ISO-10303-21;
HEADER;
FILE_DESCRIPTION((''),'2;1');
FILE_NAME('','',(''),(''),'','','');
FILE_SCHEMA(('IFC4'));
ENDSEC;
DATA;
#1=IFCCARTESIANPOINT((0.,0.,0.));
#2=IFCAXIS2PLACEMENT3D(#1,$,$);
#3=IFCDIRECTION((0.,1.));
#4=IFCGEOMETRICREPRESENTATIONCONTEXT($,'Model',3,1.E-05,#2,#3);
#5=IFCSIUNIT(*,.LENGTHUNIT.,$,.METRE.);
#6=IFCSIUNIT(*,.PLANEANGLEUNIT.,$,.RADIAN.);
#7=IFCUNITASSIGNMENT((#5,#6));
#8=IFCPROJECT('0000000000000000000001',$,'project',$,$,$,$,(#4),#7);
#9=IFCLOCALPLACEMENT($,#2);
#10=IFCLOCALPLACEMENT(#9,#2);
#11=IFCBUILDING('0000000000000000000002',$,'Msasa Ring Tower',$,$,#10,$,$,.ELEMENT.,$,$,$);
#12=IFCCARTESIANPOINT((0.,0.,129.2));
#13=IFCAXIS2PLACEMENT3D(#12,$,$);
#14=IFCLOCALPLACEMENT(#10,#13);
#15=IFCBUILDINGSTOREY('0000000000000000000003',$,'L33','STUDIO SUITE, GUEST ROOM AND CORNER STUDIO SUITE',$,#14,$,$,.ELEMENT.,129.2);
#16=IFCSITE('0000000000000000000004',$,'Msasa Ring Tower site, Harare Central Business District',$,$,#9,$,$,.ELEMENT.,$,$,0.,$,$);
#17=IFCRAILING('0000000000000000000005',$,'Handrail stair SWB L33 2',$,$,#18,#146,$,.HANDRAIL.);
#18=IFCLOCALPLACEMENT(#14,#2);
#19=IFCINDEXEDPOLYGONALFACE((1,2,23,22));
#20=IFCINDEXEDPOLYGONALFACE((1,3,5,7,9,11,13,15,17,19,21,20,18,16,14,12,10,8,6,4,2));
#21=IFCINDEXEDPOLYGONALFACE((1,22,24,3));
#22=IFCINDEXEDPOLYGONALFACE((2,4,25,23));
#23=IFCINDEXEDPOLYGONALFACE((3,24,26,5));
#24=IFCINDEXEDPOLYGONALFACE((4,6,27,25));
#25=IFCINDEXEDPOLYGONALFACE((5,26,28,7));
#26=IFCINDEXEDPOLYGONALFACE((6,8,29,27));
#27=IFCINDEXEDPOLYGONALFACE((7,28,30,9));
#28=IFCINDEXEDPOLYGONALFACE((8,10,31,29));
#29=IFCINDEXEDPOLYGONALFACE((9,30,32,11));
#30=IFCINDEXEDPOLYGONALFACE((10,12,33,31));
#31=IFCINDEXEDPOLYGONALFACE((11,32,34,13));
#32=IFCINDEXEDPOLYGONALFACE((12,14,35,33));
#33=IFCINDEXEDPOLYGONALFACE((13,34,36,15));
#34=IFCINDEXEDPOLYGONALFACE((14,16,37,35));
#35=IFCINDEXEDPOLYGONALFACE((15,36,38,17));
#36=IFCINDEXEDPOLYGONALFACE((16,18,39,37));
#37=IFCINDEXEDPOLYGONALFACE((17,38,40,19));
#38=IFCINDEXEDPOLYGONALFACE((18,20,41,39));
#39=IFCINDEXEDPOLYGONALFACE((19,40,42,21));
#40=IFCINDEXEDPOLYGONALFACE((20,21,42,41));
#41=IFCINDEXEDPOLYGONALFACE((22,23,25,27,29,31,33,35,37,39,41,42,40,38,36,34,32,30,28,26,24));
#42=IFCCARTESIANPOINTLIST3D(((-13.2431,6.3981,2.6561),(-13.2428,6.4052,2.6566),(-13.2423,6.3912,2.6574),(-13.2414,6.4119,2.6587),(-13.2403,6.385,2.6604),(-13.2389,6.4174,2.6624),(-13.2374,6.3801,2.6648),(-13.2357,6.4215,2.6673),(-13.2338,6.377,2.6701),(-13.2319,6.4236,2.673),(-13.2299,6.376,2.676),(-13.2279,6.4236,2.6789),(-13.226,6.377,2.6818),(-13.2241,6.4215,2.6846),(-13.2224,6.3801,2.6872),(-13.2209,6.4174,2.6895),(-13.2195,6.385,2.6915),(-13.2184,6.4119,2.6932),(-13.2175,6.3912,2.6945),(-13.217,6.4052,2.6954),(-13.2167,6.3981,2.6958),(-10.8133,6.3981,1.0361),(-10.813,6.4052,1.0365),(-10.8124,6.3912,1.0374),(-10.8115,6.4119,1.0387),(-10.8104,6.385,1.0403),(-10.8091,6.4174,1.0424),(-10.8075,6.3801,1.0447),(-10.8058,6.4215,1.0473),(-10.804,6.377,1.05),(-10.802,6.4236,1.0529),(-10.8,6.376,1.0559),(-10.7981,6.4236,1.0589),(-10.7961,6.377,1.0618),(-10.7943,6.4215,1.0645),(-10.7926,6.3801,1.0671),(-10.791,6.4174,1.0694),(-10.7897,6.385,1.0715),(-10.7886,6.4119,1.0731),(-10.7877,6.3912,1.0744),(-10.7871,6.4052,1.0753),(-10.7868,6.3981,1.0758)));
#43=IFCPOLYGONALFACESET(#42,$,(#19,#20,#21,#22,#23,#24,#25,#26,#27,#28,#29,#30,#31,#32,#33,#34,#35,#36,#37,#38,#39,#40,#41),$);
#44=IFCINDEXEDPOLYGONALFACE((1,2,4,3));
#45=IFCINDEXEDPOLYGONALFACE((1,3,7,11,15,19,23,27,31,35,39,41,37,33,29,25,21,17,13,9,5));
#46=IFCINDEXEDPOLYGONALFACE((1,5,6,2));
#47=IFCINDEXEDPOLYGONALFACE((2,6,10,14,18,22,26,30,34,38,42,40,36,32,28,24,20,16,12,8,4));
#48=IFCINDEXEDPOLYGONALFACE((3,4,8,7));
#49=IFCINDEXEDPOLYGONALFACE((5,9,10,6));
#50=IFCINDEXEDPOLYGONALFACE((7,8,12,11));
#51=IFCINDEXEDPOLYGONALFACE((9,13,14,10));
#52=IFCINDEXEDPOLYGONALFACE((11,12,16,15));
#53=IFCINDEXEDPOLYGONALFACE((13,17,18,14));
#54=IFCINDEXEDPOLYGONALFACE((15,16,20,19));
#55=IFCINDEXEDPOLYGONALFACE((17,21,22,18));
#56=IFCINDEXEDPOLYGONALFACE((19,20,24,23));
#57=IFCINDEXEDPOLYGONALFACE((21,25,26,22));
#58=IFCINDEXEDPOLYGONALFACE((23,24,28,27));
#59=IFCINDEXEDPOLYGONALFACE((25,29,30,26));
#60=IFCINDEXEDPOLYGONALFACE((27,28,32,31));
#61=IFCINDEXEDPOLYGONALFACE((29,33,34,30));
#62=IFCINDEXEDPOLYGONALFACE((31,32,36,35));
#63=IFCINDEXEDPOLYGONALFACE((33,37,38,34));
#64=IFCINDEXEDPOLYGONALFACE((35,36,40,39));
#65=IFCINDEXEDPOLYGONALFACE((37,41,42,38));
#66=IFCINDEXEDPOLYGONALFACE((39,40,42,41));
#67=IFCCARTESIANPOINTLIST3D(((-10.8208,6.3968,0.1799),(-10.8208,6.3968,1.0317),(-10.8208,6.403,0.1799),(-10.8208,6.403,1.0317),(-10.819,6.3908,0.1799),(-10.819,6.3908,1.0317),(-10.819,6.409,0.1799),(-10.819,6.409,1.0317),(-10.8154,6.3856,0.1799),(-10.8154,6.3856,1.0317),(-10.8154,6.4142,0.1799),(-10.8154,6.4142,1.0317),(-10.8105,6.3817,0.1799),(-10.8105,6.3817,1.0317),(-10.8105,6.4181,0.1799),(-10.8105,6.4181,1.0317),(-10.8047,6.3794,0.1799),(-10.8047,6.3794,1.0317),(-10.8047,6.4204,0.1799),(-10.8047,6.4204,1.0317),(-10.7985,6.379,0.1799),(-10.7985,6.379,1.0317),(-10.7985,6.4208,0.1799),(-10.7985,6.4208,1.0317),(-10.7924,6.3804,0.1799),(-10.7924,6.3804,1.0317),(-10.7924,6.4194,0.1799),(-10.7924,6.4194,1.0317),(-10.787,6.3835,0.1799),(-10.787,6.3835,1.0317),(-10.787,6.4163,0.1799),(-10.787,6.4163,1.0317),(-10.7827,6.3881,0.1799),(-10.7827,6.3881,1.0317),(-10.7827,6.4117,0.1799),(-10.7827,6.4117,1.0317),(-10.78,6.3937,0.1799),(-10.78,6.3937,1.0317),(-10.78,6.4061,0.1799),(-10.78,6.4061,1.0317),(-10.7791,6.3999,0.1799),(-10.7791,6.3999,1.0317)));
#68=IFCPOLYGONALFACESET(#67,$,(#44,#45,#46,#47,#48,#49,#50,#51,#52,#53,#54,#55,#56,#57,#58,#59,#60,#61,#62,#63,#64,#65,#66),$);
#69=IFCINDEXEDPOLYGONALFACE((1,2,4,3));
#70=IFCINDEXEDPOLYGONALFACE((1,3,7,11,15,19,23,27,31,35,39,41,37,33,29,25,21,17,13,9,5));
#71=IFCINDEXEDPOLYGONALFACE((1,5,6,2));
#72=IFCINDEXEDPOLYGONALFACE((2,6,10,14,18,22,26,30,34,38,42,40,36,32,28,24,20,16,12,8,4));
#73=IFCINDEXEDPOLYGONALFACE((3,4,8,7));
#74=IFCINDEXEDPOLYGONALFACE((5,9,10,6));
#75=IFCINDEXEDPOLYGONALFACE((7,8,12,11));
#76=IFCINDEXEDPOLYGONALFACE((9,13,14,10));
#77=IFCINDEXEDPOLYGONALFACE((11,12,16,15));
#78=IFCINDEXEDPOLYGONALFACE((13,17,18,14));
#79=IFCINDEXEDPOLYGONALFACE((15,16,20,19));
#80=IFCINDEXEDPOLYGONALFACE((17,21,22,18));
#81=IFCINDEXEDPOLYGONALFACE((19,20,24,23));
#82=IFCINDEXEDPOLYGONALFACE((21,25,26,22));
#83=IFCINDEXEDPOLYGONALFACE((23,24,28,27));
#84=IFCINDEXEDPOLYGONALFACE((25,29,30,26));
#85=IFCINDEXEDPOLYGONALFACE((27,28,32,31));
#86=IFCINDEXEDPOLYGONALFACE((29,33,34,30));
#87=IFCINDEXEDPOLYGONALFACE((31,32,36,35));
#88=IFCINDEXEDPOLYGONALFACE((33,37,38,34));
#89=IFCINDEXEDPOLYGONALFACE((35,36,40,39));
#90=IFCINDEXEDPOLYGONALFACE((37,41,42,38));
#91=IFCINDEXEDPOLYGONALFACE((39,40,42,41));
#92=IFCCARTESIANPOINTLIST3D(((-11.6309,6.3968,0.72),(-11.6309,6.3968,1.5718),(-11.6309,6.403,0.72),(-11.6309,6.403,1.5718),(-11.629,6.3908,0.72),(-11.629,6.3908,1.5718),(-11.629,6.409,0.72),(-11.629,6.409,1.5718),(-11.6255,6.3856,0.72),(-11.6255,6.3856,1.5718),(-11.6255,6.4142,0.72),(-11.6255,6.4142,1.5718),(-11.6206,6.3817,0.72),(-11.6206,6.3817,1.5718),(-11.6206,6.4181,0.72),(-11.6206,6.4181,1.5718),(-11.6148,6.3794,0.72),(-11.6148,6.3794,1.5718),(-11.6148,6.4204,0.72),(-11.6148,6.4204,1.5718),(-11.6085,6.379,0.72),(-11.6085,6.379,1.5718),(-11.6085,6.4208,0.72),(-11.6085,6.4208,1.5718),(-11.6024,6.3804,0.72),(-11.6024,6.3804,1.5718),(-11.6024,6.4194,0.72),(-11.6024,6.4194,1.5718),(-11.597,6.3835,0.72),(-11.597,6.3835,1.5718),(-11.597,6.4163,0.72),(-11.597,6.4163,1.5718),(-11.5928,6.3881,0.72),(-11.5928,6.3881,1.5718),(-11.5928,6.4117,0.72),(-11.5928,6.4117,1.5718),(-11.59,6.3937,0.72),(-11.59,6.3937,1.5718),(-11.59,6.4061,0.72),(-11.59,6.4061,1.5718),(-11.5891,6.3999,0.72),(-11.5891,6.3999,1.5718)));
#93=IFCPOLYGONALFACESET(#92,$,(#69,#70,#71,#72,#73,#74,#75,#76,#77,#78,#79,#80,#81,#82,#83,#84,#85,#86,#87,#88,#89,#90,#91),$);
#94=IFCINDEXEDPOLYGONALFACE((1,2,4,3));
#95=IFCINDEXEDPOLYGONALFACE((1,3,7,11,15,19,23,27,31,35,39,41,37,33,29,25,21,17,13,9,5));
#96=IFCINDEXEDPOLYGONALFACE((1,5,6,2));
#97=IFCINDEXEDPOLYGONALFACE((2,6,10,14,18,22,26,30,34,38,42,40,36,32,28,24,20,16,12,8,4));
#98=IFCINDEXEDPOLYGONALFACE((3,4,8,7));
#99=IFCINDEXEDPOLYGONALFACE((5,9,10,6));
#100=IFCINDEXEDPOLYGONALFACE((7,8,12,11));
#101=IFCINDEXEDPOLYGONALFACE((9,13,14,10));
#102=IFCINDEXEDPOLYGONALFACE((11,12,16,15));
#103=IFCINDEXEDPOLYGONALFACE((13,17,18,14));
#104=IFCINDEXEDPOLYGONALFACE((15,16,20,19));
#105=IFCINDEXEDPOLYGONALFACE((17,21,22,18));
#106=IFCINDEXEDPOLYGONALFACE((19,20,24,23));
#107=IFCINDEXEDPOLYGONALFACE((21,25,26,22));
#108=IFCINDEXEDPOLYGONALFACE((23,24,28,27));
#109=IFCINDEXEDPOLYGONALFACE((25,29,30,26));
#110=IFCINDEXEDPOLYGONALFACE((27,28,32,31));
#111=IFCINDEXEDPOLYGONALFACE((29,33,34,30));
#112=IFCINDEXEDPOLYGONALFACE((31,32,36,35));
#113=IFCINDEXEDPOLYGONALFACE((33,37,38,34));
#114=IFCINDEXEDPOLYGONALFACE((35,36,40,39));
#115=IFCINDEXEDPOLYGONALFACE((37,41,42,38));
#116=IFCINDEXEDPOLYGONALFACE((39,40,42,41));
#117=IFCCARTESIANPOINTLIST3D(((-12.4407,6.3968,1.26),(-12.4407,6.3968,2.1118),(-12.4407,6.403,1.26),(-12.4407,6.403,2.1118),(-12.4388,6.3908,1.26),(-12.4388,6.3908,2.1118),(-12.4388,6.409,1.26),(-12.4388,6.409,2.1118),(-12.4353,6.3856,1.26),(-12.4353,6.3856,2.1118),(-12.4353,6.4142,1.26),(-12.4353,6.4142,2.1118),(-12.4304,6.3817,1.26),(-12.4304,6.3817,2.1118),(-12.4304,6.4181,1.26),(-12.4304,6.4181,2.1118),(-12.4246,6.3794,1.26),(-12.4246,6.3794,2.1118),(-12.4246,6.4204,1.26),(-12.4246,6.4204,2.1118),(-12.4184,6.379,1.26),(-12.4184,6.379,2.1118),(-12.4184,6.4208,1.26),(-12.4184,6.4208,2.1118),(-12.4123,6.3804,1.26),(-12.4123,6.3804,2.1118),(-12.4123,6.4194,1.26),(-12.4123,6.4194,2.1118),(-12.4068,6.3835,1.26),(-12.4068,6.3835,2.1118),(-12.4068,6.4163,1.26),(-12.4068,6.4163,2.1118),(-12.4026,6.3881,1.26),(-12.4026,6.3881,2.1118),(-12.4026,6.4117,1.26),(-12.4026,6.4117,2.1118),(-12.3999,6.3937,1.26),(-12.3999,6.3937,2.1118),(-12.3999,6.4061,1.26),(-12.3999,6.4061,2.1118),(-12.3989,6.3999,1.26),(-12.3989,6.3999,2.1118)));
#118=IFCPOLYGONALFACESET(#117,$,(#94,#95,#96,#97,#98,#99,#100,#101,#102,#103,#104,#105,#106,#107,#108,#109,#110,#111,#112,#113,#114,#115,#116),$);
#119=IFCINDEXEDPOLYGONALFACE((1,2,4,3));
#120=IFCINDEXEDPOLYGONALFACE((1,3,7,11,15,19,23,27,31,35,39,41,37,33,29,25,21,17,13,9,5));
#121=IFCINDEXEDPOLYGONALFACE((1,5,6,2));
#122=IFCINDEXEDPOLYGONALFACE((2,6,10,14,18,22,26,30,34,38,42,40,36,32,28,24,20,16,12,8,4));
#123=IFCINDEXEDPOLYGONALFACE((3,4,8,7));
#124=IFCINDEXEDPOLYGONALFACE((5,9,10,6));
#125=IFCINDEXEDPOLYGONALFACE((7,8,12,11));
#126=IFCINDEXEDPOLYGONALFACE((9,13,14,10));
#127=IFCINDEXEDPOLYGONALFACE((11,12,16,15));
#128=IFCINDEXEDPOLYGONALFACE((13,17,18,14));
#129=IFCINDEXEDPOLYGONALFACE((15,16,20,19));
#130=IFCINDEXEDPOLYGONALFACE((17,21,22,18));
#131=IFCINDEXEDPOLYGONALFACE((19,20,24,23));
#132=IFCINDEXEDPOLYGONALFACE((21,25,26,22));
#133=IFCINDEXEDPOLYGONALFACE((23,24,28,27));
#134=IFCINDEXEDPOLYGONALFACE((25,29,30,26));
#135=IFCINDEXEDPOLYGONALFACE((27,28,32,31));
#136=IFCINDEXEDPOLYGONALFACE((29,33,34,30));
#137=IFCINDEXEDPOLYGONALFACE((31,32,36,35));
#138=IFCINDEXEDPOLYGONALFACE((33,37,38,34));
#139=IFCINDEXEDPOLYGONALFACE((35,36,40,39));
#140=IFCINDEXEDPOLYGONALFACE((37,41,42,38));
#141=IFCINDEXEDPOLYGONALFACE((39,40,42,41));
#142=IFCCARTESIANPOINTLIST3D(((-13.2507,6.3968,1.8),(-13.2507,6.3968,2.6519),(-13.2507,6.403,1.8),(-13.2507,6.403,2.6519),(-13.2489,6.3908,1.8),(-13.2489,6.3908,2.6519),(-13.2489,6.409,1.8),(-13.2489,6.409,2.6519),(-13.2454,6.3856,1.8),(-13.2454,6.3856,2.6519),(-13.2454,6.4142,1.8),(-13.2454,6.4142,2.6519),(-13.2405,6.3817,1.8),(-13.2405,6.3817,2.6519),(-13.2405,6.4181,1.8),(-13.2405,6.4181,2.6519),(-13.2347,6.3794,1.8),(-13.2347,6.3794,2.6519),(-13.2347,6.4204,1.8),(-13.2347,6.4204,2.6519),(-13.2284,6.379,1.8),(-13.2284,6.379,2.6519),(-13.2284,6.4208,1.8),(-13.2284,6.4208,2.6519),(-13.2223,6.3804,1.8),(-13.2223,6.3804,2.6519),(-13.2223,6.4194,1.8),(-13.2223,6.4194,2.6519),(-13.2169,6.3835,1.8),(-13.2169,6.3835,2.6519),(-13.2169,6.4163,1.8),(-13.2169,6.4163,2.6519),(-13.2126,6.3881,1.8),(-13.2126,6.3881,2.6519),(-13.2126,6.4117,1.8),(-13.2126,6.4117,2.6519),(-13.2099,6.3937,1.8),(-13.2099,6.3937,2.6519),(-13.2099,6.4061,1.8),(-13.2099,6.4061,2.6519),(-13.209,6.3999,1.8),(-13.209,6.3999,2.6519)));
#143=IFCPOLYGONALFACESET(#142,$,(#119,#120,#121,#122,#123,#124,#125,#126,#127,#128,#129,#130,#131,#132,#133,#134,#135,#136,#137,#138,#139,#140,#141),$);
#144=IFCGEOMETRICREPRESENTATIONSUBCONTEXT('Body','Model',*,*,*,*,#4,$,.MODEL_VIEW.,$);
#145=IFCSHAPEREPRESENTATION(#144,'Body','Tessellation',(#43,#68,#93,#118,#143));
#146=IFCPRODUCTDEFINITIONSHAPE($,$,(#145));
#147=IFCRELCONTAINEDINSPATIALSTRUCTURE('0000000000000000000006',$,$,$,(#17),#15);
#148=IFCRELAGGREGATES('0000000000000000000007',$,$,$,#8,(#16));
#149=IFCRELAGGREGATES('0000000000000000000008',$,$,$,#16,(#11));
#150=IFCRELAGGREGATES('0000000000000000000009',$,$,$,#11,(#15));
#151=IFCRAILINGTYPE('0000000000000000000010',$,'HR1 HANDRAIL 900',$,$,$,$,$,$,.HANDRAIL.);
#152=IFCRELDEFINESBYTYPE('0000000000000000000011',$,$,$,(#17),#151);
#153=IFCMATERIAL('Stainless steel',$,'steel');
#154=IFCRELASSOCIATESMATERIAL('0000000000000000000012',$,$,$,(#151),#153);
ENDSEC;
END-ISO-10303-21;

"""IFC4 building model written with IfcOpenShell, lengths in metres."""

from ifc_helpers import new_model, si_unit, direction, frame, origin, origin_2d, place, context, subcontext, project, spatial, circle, extrude, material, type_object, element, save


model = new_model("IFC4")

# Units and contexts
model_context = context("Model", 3, precision=1e-05, world=origin(), true_north=direction((0.0, 1.0)))
body_context = subcontext(model_context, "Body", "Model", "MODEL_VIEW")
ifc_project = project(units=[si_unit("LENGTHUNIT", "METRE"), si_unit("PLANEANGLEUNIT", "RADIAN")], contexts=[model_context])

# Site, building, storey
site_placement = place(None, origin())
site = spatial("IfcSite", under=ifc_project, at=site_placement, Name="Msasa Ring Tower site, Harare Central Business District", CompositionType="ELEMENT", RefElevation=0.0)
building_placement = place(site_placement, origin())
building = spatial("IfcBuilding", under=site, at=building_placement, Name="Msasa Ring Tower", CompositionType="ELEMENT")
storey_placement = place(building_placement, frame((0.0, 0.0, 129.2)))
storey = spatial("IfcBuildingStorey", under=building, at=storey_placement, Name="L33", Description="STUDIO SUITE, GUEST ROOM AND CORNER STUDIO SUITE", CompositionType="ELEMENT", Elevation=129.2)

# Railing
ifc_material_1 = material(Name="Stainless steel", Category="steel")
railing_type = type_object("IfcRailingType", Name="HR1 HANDRAIL 900", PredefinedType="HANDRAIL", material=ifc_material_1)
for number, where, name in (
    (1, (-10.8, 6.3999, 0.1799), "Handrail stair SWB L33 2"),
):
    element("IfcRailing", number, at=place(storey_placement, frame(where)), inside=storey, type_object=railing_type, Name=name, PredefinedType="HANDRAIL", context=body_context, shape_type="SweptSolid", body=[
        extrude(circle(Radius=0.0239, at=origin_2d()), frame((0.0, 0.0, 0.876), z_axis=(-0.832025, 0.0, 0.554739), x_axis=(0.0, -1.0, 0.0)), (0.0, 0.0, 1.0), 2.9204),
        extrude(circle(Radius=0.021, at=origin_2d()), origin(), (0.0, 0.0, 1.0), 0.8518),
        extrude(circle(Radius=0.021, at=origin_2d()), frame((-0.8101, 0.0, 0.54)), (0.0, 0.0, 1.0), 0.8518),
        extrude(circle(Radius=0.021, at=origin_2d()), frame((-1.6199, 0.0, 1.0801)), (0.0, 0.0, 1.0), 0.8518),
        extrude(circle(Radius=0.021, at=origin_2d()), frame((-2.4299, 0.0, 1.6201)), (0.0, 0.0, 1.0), 0.8518),
    ])

save(model, "model.ifc")
